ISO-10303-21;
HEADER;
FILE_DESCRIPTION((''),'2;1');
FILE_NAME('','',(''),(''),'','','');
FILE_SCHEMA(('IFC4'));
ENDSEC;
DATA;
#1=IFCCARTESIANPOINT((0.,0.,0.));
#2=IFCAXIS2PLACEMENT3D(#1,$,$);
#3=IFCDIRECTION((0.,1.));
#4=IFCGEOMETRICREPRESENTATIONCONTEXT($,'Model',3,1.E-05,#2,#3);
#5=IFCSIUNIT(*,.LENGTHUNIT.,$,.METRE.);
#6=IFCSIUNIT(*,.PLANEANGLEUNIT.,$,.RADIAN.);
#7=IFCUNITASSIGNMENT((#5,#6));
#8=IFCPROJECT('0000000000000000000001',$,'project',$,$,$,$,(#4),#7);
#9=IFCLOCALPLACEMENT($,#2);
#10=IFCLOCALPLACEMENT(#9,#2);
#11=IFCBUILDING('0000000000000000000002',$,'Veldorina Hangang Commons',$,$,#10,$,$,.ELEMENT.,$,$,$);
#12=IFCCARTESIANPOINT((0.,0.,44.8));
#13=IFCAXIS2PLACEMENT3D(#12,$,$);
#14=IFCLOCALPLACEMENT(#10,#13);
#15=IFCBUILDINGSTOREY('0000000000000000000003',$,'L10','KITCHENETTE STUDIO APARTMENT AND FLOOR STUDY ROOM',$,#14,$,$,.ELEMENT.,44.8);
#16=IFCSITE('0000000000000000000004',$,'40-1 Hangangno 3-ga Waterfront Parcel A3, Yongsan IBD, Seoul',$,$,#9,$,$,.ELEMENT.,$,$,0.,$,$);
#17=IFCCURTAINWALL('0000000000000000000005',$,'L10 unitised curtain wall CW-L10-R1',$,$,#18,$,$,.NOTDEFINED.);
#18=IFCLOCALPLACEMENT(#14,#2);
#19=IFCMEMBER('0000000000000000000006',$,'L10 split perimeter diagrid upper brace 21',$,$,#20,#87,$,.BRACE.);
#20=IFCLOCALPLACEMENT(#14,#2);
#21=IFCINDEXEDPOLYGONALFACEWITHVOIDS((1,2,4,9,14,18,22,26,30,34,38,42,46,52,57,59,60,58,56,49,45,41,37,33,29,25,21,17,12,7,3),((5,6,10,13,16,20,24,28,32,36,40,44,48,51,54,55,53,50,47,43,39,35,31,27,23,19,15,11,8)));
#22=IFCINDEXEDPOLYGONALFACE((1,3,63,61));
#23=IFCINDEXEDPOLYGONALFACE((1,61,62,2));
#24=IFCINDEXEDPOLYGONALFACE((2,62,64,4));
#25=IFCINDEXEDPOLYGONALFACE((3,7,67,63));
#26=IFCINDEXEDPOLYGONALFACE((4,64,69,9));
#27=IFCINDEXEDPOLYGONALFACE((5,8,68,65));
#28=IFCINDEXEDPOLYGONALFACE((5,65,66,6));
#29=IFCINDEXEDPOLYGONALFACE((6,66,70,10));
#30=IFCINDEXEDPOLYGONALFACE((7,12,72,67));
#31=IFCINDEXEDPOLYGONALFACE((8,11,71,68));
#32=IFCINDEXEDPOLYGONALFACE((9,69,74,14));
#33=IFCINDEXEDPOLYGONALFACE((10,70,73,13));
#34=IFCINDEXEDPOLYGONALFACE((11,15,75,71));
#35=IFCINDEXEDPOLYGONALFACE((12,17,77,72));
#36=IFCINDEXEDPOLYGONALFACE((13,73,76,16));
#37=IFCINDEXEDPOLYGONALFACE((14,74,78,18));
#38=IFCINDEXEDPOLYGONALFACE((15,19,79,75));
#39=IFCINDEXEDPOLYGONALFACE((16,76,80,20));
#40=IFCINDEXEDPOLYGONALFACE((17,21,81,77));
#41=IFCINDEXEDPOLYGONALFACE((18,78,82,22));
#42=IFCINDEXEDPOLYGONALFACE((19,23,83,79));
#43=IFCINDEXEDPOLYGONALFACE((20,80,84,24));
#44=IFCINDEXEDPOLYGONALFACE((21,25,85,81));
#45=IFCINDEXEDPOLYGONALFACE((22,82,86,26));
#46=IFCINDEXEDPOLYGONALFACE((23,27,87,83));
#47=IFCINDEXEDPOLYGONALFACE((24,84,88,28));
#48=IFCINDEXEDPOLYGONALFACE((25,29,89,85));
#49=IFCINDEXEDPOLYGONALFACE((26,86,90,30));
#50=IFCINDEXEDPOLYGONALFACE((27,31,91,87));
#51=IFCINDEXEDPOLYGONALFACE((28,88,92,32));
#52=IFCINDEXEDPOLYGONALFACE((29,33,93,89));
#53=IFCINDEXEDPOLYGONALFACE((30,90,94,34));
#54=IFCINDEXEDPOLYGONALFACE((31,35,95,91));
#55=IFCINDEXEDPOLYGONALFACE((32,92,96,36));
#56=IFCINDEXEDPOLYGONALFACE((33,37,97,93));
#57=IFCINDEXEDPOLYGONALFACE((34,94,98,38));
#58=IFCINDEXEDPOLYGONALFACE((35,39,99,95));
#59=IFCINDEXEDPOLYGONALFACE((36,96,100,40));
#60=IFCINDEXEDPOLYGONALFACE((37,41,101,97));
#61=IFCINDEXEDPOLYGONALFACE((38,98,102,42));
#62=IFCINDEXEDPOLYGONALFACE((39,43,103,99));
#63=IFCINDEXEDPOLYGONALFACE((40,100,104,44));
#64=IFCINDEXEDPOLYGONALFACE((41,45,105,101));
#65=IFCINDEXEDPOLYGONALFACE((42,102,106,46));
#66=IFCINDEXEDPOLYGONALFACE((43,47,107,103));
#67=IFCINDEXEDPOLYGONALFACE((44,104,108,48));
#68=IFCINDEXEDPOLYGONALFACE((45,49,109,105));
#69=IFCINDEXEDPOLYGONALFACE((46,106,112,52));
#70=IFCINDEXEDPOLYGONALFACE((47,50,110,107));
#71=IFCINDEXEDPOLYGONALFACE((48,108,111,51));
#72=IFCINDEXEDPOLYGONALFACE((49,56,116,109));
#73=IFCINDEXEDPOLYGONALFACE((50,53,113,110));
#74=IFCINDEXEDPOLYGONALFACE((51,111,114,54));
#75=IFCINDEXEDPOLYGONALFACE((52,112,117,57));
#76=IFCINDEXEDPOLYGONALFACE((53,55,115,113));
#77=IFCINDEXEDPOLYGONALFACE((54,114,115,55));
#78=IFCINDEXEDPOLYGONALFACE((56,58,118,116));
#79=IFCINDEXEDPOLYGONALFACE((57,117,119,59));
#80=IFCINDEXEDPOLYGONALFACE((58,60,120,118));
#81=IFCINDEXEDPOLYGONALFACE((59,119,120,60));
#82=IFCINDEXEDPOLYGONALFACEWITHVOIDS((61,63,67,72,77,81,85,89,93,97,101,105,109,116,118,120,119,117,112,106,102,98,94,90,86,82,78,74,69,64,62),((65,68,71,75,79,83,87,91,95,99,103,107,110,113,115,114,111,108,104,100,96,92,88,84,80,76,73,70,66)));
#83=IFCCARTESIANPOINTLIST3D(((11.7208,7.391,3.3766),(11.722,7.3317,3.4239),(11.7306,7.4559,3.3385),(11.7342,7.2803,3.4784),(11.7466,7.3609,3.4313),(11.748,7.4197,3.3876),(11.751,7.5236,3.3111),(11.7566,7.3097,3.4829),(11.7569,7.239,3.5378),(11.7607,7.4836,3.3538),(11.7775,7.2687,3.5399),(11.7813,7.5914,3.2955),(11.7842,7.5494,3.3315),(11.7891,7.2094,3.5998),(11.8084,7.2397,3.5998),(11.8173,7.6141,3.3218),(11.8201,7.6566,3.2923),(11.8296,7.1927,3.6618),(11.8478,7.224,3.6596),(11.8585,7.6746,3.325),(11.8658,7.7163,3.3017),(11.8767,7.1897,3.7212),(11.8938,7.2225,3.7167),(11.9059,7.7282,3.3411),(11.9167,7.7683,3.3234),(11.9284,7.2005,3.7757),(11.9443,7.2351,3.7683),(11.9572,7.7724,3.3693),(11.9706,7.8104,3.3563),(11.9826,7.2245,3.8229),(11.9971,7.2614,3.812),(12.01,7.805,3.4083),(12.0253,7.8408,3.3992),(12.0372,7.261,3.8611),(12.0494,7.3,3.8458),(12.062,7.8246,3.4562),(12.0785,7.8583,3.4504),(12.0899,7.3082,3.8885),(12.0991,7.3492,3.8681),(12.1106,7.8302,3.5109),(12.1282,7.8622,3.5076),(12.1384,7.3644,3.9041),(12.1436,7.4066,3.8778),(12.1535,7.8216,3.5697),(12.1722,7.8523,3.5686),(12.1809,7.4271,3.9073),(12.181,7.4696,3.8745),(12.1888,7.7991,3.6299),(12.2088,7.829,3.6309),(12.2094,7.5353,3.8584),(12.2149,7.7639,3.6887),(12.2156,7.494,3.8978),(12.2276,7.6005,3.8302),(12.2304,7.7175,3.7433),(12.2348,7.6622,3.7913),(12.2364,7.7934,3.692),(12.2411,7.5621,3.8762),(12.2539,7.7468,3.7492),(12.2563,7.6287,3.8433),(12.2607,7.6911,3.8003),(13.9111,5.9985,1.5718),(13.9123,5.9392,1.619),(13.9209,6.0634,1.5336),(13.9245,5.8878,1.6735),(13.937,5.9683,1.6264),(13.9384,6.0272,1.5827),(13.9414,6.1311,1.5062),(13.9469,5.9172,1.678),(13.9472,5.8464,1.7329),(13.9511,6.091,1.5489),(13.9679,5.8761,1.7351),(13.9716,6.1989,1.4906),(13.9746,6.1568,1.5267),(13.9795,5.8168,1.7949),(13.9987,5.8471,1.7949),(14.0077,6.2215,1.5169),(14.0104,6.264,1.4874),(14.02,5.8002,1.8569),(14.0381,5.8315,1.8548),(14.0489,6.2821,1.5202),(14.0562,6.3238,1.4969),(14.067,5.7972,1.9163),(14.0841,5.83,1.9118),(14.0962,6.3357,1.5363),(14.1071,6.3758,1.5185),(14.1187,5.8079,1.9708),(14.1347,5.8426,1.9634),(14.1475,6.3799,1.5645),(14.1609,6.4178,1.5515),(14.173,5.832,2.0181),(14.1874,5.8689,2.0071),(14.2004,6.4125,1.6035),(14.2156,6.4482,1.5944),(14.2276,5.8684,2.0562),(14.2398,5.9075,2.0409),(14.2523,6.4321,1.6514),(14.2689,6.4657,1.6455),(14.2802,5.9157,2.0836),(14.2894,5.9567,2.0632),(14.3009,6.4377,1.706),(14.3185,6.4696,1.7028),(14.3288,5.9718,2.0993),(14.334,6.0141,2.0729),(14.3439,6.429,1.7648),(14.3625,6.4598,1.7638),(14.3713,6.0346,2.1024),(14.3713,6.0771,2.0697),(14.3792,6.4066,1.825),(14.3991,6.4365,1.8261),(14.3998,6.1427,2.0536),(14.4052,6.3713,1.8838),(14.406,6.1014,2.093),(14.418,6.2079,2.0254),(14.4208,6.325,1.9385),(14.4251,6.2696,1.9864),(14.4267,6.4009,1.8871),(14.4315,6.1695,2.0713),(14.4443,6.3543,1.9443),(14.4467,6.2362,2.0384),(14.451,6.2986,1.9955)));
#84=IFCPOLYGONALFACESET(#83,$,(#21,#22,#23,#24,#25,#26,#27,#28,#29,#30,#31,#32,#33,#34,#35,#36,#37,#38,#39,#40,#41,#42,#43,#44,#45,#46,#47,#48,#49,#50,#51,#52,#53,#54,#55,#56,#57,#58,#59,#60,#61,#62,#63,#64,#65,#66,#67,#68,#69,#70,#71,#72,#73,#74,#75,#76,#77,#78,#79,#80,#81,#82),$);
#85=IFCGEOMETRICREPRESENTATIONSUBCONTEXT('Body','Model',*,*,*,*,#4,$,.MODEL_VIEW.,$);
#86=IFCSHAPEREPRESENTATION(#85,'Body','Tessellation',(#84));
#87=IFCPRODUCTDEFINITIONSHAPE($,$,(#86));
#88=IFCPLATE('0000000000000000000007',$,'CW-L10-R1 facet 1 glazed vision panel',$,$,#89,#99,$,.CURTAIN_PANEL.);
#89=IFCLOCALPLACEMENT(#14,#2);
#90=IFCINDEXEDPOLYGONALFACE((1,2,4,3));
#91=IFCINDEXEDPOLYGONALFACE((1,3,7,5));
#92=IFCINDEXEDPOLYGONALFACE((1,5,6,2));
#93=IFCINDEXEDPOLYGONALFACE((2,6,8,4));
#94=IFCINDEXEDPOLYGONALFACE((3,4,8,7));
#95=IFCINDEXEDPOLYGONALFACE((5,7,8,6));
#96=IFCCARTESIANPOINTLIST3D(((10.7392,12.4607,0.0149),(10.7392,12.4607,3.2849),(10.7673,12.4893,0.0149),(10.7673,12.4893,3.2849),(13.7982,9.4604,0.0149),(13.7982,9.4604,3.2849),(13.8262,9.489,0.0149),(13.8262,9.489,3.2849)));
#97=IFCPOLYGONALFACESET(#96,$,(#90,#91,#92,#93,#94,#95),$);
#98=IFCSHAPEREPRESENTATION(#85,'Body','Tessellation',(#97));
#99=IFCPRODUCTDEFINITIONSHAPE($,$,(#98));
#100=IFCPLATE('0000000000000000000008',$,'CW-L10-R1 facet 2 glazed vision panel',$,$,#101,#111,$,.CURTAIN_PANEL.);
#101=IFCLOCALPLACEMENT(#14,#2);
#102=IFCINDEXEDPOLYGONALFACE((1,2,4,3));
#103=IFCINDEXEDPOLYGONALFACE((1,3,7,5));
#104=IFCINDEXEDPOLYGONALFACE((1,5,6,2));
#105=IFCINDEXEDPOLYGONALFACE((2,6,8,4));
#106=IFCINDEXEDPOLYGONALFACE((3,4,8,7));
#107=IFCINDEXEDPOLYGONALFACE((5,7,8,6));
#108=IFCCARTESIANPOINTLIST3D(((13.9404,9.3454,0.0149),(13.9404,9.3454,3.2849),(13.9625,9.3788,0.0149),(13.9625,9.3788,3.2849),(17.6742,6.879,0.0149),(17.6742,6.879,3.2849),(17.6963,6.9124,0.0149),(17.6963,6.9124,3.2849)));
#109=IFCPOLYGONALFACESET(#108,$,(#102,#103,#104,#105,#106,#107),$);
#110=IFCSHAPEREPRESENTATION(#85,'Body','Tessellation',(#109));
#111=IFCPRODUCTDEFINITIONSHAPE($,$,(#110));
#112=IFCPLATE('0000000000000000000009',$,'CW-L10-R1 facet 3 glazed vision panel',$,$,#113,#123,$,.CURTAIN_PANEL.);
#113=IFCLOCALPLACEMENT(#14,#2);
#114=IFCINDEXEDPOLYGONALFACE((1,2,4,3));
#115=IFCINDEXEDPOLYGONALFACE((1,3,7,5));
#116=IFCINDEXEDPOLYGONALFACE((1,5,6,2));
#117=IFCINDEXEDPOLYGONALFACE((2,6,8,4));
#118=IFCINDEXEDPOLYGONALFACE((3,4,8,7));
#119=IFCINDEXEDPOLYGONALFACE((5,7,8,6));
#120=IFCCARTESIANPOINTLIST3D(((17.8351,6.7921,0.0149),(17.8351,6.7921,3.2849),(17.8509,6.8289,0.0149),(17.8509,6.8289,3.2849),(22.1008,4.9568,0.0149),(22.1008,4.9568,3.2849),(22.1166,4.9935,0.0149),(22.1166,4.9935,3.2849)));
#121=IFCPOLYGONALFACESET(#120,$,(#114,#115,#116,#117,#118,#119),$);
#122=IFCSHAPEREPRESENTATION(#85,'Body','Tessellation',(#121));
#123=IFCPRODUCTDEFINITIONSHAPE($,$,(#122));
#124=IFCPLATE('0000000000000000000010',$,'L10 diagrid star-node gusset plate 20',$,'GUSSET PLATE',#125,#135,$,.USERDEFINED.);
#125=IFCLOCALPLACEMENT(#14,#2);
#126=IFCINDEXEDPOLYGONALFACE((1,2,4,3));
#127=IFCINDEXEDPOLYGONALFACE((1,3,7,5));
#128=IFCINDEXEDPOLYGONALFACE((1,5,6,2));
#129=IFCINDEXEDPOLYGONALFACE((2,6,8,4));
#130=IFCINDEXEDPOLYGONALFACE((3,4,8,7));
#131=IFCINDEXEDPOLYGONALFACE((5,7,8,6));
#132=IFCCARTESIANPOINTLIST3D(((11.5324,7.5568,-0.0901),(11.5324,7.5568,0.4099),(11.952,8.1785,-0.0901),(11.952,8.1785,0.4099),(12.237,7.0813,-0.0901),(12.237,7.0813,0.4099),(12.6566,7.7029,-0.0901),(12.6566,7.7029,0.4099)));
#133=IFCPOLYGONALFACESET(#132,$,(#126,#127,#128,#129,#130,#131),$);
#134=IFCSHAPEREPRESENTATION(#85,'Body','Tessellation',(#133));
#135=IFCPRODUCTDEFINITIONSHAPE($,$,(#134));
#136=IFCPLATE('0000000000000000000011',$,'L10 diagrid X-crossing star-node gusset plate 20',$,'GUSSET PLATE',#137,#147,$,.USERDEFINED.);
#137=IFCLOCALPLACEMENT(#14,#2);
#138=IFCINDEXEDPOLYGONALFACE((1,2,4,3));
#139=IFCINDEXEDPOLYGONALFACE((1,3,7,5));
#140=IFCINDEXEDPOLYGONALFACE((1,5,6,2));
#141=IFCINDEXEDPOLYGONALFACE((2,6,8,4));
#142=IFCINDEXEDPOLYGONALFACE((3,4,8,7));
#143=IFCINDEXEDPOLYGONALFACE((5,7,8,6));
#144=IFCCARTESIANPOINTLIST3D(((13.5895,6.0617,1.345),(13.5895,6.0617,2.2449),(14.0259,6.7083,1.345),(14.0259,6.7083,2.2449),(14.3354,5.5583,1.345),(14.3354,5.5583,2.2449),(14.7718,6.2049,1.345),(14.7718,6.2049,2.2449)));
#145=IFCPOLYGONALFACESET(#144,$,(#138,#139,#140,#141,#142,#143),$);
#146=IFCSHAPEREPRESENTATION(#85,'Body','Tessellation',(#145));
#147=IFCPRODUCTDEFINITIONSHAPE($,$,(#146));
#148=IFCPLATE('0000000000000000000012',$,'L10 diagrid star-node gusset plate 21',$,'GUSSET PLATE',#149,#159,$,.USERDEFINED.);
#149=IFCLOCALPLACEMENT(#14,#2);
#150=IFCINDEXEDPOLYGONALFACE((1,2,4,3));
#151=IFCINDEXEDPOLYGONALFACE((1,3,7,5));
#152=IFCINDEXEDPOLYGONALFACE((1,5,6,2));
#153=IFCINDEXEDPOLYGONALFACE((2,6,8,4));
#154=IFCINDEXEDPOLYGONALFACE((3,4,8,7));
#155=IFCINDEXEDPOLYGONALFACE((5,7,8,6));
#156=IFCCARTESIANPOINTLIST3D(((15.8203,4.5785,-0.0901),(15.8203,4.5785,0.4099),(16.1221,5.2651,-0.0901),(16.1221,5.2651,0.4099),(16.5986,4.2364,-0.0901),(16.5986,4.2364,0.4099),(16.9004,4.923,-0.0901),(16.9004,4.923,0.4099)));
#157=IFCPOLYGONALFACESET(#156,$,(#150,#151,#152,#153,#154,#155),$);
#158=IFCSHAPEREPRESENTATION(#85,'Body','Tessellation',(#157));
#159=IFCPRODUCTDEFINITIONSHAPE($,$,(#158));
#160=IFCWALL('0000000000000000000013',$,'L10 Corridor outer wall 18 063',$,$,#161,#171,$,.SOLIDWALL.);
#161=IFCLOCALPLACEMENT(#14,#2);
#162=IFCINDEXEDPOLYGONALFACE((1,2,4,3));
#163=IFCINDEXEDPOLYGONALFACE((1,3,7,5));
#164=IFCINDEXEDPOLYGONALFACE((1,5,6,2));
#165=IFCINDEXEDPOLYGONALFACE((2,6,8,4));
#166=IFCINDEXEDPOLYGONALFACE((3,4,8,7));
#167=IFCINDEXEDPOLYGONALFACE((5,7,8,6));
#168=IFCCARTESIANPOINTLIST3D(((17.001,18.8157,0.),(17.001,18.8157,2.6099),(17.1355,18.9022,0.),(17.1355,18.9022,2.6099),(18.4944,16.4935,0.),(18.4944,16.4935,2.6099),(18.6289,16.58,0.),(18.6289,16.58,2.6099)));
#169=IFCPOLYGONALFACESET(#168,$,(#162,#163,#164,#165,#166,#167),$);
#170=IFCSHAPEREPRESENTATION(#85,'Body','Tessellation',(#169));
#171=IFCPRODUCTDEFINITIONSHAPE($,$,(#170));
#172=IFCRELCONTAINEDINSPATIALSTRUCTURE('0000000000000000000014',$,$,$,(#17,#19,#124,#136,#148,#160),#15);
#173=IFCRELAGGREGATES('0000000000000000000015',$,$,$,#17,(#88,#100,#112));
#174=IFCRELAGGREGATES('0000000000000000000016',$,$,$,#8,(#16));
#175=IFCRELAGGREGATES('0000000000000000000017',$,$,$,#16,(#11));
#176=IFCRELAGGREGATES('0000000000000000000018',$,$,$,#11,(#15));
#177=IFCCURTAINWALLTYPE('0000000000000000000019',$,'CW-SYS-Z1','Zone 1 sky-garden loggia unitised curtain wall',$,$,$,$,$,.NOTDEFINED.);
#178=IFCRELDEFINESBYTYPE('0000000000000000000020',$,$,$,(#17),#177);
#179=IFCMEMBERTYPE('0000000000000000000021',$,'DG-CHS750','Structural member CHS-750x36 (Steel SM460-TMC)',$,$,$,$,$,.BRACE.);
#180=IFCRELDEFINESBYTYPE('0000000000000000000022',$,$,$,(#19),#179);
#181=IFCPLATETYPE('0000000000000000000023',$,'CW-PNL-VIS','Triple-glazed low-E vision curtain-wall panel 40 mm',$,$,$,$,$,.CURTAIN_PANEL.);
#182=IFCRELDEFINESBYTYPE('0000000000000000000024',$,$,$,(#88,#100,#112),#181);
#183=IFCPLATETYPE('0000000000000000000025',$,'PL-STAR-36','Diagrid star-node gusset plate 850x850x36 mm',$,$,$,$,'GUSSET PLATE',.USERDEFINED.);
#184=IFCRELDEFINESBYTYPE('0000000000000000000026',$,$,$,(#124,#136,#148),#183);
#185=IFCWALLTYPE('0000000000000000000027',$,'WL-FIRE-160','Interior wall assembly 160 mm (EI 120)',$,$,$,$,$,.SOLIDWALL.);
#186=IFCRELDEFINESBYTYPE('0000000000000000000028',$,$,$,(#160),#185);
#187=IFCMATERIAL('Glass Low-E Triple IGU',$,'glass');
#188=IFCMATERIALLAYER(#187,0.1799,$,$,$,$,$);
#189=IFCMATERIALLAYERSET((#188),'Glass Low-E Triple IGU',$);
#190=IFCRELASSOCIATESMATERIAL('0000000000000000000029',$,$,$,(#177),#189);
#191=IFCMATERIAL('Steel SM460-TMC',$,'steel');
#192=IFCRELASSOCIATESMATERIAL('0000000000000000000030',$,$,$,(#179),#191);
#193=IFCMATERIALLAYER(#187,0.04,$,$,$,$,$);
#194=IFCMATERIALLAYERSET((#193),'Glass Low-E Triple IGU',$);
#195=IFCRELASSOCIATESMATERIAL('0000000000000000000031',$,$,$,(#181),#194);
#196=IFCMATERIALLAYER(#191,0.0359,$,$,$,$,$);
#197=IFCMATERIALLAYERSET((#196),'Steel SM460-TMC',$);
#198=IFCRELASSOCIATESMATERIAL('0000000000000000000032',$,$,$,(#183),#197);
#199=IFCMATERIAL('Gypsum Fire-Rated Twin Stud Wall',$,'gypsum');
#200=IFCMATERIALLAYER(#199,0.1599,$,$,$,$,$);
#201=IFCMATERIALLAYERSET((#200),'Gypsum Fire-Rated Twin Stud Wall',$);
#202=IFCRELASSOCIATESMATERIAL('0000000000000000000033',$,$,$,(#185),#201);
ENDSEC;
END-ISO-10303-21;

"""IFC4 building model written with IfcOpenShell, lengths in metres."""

from ifc_helpers import new_model, si_unit, direction, frame, frame_2d, origin, origin_2d, place, context, subcontext, project, spatial, rectangle, hollow_circle, extrude, material, layer, layer_set, material_profile, profile_set, type_object, element, aggregate, save


model = new_model("IFC4")

# Units and contexts
model_context = context("Model", 3, precision=1e-05, world=origin(), true_north=direction((0.0, 1.0)))
body_context = subcontext(model_context, "Body", "Model", "MODEL_VIEW")
ifc_project = project(units=[si_unit("LENGTHUNIT", "METRE"), si_unit("PLANEANGLEUNIT", "RADIAN")], contexts=[model_context])

# Site, building, storey
site_placement = place(None, origin())
site = spatial("IfcSite", under=ifc_project, at=site_placement, Name="40-1 Hangangno 3-ga Waterfront Parcel A3, Yongsan IBD, Seoul", CompositionType="ELEMENT", RefElevation=0.0)
building_placement = place(site_placement, origin())
building = spatial("IfcBuilding", under=site, at=building_placement, Name="Veldorina Hangang Commons", CompositionType="ELEMENT")
storey_placement = place(building_placement, frame((0.0, 0.0, 44.8)))
storey = spatial("IfcBuildingStorey", under=building, at=storey_placement, Name="L10", Description="KITCHENETTE STUDIO APARTMENT AND FLOOR STUDY ROOM", CompositionType="ELEMENT", Elevation=44.8)

# Shared definitions
ifc_material_1 = material(Name="Steel SM460-TMC", Category="steel")

# Curtain wall
ifc_material_2 = material(Name="Glass Low-E Triple IGU", Category="glass")
ifc_layer_1 = layer(ifc_material_2, 0.1799)
ifc_layer_set_1 = layer_set([ifc_layer_1], Name="Glass Low-E Triple IGU")
curtain_wall_type = type_object("IfcCurtainWallType", Name="CW-SYS-Z1", Description="Zone 1 sky-garden loggia unitised curtain wall", PredefinedType="NOTDEFINED", material=ifc_layer_set_1)
curtain_wall_placement = place(storey_placement, origin())
curtain_wall = element("IfcCurtainWall", 1, at=curtain_wall_placement, inside=storey, type_object=curtain_wall_type, Name="L10 unitised curtain wall CW-L10-R1", PredefinedType="NOTDEFINED")

# Member
ifc_material_profile_1 = material_profile(ifc_material_1, hollow_circle(Radius=0.375, WallThickness=0.0359, at=origin_2d()), Name="CHS-750x36")
ifc_profile_set_1 = profile_set([ifc_material_profile_1], Name="Steel SM460-TMC")
member_type_1 = type_object("IfcMemberType", Name="DG-CHS750", Description="Structural member CHS-750x36 (Steel SM460-TMC)", PredefinedType="BRACE", material=ifc_profile_set_1)
member_1_placement = place(storey_placement, frame((14.1807, 6.1333, 1.7949), z_axis=(-0.692847, 0.440481, 0.570911), x_axis=(-0.53651, -0.843894, 0.0)))
element("IfcMember", 2, at=member_1_placement, inside=storey, type_object=member_type_1, Name="L10 split perimeter diagrid upper brace 21", PredefinedType="BRACE", context=body_context, shape_type="SweptSolid", body=[
    extrude(hollow_circle(Radius=0.375, WallThickness=0.0359, at=origin_2d()), origin(), (0.0, 0.0, 1.0), 3.1614),
])

# Plates
ifc_layer_2 = layer(ifc_material_2, 0.04)
ifc_layer_set_2 = layer_set([ifc_layer_2], Name="Glass Low-E Triple IGU")
plate_type_1 = type_object("IfcPlateType", Name="CW-PNL-VIS", Description="Triple-glazed low-E vision curtain-wall panel 40 mm", PredefinedType="CURTAIN_PANEL", material=ifc_layer_set_2)
plate_1_placement = place(storey_placement, frame((12.2827, 10.9749, 0.0149), z_axis=(0.0, 0.0, 1.0), x_axis=(0.713923, -0.700224, 0.0)))
plate_1 = element("IfcPlate", 3, at=plate_1_placement, type_object=plate_type_1, Name="CW-L10-R1 facet 1 glazed vision panel", PredefinedType="CURTAIN_PANEL", context=body_context, shape_type="SweptSolid", body=[
    extrude(rectangle(XDim=4.2847, YDim=0.04, at=origin_2d()), origin(), (0.0, 0.0, 1.0), 3.27),
])
plate_2_placement = place(storey_placement, frame((15.8184, 8.1289, 0.0149), z_axis=(0.0, 0.0, 1.0), x_axis=(0.834386, -0.55118, 0.0)))
plate_2 = element("IfcPlate", 4, at=plate_2_placement, type_object=plate_type_1, Name="CW-L10-R1 facet 2 glazed vision panel", PredefinedType="CURTAIN_PANEL", context=body_context, shape_type="SweptSolid", body=[
    extrude(rectangle(XDim=4.4749, YDim=0.04, at=origin_2d()), origin(), (0.0, 0.0, 1.0), 3.27),
])
plate_3_placement = place(storey_placement, frame((19.9758, 5.8928, 0.0149), z_axis=(0.0, 0.0, 1.0), x_axis=(0.918584, -0.395225, 0.0)))
plate_3 = element("IfcPlate", 5, at=plate_3_placement, type_object=plate_type_1, Name="CW-L10-R1 facet 3 glazed vision panel", PredefinedType="CURTAIN_PANEL", context=body_context, shape_type="SweptSolid", body=[
    extrude(rectangle(XDim=4.6438, YDim=0.04, at=origin_2d()), origin(), (0.0, 0.0, 1.0), 3.27),
])
aggregate(curtain_wall, [plate_1, plate_2, plate_3])

# Plates
ifc_layer_3 = layer(ifc_material_1, 0.0359)
ifc_layer_set_3 = layer_set([ifc_layer_3], Name="Steel SM460-TMC")
plate_type_2 = type_object("IfcPlateType", Name="PL-STAR-36", Description="Diagrid star-node gusset plate 850x850x36 mm", ElementType="GUSSET PLATE", PredefinedType="USERDEFINED", material=ifc_layer_set_3)
plate_4_placement = place(storey_placement, frame((12.0945, 7.6299, -0.0901), z_axis=(0.0, 0.0, 1.0), x_axis=(0.828881, -0.559424, 0.0)))
element("IfcPlate", 6, at=plate_4_placement, inside=storey, type_object=plate_type_2, Name="L10 diagrid star-node gusset plate 20", ObjectType="GUSSET PLATE", PredefinedType="USERDEFINED", context=body_context, shape_type="SweptSolid", body=[
    extrude(rectangle(XDim=0.8501, YDim=0.75, at=origin_2d()), origin(), (0.0, 0.0, 1.0), 0.5),
])
plate_5_placement = place(storey_placement, frame((14.1807, 6.1333, 1.345), z_axis=(0.0, 0.0, 1.0), x_axis=(0.828881, -0.559424, 0.0)))
element("IfcPlate", 7, at=plate_5_placement, inside=storey, type_object=plate_type_2, Name="L10 diagrid X-crossing star-node gusset plate 20", ObjectType="GUSSET PLATE", PredefinedType="USERDEFINED", context=body_context, shape_type="SweptSolid", body=[
    extrude(rectangle(XDim=0.8999, YDim=0.78, at=origin_2d()), origin(), (0.0, 0.0, 1.0), 0.8999),
])
plate_6_placement = place(storey_placement, frame((16.3604, 4.7507, -0.0901), z_axis=(0.0, 0.0, 1.0), x_axis=(0.915459, -0.402411, 0.0)))
element("IfcPlate", 8, at=plate_6_placement, inside=storey, type_object=plate_type_2, Name="L10 diagrid star-node gusset plate 21", ObjectType="GUSSET PLATE", PredefinedType="USERDEFINED", context=body_context, shape_type="SweptSolid", body=[
    extrude(rectangle(XDim=0.8501, YDim=0.75, at=origin_2d()), origin(), (0.0, 0.0, 1.0), 0.5),
])

# Wall
ifc_material_3 = material(Name="Gypsum Fire-Rated Twin Stud Wall", Category="gypsum")
ifc_layer_4 = layer(ifc_material_3, 0.1599)
ifc_layer_set_4 = layer_set([ifc_layer_4], Name="Gypsum Fire-Rated Twin Stud Wall")
wall_type_1 = type_object("IfcWallType", Name="WL-FIRE-160", Description="Interior wall assembly 160 mm (EI 120)", PredefinedType="SOLIDWALL", material=ifc_layer_set_4)
wall_1_placement = place(storey_placement, frame((17.0684, 18.8589, 0.0), z_axis=(0.0, 0.0, 1.0), x_axis=(0.540892, -0.841092, 0.0)))
element("IfcWall", 9, at=wall_1_placement, inside=storey, type_object=wall_type_1, Name="L10 Corridor outer wall 18 063", PredefinedType="SOLIDWALL", context=body_context, shape_type="SweptSolid", body=[
    extrude(rectangle(XDim=2.761, YDim=0.1599, at=frame_2d((1.3804, 0.0))), origin(), (0.0, 0.0, 1.0), 2.6099),
])

save(model, "model.ifc")
